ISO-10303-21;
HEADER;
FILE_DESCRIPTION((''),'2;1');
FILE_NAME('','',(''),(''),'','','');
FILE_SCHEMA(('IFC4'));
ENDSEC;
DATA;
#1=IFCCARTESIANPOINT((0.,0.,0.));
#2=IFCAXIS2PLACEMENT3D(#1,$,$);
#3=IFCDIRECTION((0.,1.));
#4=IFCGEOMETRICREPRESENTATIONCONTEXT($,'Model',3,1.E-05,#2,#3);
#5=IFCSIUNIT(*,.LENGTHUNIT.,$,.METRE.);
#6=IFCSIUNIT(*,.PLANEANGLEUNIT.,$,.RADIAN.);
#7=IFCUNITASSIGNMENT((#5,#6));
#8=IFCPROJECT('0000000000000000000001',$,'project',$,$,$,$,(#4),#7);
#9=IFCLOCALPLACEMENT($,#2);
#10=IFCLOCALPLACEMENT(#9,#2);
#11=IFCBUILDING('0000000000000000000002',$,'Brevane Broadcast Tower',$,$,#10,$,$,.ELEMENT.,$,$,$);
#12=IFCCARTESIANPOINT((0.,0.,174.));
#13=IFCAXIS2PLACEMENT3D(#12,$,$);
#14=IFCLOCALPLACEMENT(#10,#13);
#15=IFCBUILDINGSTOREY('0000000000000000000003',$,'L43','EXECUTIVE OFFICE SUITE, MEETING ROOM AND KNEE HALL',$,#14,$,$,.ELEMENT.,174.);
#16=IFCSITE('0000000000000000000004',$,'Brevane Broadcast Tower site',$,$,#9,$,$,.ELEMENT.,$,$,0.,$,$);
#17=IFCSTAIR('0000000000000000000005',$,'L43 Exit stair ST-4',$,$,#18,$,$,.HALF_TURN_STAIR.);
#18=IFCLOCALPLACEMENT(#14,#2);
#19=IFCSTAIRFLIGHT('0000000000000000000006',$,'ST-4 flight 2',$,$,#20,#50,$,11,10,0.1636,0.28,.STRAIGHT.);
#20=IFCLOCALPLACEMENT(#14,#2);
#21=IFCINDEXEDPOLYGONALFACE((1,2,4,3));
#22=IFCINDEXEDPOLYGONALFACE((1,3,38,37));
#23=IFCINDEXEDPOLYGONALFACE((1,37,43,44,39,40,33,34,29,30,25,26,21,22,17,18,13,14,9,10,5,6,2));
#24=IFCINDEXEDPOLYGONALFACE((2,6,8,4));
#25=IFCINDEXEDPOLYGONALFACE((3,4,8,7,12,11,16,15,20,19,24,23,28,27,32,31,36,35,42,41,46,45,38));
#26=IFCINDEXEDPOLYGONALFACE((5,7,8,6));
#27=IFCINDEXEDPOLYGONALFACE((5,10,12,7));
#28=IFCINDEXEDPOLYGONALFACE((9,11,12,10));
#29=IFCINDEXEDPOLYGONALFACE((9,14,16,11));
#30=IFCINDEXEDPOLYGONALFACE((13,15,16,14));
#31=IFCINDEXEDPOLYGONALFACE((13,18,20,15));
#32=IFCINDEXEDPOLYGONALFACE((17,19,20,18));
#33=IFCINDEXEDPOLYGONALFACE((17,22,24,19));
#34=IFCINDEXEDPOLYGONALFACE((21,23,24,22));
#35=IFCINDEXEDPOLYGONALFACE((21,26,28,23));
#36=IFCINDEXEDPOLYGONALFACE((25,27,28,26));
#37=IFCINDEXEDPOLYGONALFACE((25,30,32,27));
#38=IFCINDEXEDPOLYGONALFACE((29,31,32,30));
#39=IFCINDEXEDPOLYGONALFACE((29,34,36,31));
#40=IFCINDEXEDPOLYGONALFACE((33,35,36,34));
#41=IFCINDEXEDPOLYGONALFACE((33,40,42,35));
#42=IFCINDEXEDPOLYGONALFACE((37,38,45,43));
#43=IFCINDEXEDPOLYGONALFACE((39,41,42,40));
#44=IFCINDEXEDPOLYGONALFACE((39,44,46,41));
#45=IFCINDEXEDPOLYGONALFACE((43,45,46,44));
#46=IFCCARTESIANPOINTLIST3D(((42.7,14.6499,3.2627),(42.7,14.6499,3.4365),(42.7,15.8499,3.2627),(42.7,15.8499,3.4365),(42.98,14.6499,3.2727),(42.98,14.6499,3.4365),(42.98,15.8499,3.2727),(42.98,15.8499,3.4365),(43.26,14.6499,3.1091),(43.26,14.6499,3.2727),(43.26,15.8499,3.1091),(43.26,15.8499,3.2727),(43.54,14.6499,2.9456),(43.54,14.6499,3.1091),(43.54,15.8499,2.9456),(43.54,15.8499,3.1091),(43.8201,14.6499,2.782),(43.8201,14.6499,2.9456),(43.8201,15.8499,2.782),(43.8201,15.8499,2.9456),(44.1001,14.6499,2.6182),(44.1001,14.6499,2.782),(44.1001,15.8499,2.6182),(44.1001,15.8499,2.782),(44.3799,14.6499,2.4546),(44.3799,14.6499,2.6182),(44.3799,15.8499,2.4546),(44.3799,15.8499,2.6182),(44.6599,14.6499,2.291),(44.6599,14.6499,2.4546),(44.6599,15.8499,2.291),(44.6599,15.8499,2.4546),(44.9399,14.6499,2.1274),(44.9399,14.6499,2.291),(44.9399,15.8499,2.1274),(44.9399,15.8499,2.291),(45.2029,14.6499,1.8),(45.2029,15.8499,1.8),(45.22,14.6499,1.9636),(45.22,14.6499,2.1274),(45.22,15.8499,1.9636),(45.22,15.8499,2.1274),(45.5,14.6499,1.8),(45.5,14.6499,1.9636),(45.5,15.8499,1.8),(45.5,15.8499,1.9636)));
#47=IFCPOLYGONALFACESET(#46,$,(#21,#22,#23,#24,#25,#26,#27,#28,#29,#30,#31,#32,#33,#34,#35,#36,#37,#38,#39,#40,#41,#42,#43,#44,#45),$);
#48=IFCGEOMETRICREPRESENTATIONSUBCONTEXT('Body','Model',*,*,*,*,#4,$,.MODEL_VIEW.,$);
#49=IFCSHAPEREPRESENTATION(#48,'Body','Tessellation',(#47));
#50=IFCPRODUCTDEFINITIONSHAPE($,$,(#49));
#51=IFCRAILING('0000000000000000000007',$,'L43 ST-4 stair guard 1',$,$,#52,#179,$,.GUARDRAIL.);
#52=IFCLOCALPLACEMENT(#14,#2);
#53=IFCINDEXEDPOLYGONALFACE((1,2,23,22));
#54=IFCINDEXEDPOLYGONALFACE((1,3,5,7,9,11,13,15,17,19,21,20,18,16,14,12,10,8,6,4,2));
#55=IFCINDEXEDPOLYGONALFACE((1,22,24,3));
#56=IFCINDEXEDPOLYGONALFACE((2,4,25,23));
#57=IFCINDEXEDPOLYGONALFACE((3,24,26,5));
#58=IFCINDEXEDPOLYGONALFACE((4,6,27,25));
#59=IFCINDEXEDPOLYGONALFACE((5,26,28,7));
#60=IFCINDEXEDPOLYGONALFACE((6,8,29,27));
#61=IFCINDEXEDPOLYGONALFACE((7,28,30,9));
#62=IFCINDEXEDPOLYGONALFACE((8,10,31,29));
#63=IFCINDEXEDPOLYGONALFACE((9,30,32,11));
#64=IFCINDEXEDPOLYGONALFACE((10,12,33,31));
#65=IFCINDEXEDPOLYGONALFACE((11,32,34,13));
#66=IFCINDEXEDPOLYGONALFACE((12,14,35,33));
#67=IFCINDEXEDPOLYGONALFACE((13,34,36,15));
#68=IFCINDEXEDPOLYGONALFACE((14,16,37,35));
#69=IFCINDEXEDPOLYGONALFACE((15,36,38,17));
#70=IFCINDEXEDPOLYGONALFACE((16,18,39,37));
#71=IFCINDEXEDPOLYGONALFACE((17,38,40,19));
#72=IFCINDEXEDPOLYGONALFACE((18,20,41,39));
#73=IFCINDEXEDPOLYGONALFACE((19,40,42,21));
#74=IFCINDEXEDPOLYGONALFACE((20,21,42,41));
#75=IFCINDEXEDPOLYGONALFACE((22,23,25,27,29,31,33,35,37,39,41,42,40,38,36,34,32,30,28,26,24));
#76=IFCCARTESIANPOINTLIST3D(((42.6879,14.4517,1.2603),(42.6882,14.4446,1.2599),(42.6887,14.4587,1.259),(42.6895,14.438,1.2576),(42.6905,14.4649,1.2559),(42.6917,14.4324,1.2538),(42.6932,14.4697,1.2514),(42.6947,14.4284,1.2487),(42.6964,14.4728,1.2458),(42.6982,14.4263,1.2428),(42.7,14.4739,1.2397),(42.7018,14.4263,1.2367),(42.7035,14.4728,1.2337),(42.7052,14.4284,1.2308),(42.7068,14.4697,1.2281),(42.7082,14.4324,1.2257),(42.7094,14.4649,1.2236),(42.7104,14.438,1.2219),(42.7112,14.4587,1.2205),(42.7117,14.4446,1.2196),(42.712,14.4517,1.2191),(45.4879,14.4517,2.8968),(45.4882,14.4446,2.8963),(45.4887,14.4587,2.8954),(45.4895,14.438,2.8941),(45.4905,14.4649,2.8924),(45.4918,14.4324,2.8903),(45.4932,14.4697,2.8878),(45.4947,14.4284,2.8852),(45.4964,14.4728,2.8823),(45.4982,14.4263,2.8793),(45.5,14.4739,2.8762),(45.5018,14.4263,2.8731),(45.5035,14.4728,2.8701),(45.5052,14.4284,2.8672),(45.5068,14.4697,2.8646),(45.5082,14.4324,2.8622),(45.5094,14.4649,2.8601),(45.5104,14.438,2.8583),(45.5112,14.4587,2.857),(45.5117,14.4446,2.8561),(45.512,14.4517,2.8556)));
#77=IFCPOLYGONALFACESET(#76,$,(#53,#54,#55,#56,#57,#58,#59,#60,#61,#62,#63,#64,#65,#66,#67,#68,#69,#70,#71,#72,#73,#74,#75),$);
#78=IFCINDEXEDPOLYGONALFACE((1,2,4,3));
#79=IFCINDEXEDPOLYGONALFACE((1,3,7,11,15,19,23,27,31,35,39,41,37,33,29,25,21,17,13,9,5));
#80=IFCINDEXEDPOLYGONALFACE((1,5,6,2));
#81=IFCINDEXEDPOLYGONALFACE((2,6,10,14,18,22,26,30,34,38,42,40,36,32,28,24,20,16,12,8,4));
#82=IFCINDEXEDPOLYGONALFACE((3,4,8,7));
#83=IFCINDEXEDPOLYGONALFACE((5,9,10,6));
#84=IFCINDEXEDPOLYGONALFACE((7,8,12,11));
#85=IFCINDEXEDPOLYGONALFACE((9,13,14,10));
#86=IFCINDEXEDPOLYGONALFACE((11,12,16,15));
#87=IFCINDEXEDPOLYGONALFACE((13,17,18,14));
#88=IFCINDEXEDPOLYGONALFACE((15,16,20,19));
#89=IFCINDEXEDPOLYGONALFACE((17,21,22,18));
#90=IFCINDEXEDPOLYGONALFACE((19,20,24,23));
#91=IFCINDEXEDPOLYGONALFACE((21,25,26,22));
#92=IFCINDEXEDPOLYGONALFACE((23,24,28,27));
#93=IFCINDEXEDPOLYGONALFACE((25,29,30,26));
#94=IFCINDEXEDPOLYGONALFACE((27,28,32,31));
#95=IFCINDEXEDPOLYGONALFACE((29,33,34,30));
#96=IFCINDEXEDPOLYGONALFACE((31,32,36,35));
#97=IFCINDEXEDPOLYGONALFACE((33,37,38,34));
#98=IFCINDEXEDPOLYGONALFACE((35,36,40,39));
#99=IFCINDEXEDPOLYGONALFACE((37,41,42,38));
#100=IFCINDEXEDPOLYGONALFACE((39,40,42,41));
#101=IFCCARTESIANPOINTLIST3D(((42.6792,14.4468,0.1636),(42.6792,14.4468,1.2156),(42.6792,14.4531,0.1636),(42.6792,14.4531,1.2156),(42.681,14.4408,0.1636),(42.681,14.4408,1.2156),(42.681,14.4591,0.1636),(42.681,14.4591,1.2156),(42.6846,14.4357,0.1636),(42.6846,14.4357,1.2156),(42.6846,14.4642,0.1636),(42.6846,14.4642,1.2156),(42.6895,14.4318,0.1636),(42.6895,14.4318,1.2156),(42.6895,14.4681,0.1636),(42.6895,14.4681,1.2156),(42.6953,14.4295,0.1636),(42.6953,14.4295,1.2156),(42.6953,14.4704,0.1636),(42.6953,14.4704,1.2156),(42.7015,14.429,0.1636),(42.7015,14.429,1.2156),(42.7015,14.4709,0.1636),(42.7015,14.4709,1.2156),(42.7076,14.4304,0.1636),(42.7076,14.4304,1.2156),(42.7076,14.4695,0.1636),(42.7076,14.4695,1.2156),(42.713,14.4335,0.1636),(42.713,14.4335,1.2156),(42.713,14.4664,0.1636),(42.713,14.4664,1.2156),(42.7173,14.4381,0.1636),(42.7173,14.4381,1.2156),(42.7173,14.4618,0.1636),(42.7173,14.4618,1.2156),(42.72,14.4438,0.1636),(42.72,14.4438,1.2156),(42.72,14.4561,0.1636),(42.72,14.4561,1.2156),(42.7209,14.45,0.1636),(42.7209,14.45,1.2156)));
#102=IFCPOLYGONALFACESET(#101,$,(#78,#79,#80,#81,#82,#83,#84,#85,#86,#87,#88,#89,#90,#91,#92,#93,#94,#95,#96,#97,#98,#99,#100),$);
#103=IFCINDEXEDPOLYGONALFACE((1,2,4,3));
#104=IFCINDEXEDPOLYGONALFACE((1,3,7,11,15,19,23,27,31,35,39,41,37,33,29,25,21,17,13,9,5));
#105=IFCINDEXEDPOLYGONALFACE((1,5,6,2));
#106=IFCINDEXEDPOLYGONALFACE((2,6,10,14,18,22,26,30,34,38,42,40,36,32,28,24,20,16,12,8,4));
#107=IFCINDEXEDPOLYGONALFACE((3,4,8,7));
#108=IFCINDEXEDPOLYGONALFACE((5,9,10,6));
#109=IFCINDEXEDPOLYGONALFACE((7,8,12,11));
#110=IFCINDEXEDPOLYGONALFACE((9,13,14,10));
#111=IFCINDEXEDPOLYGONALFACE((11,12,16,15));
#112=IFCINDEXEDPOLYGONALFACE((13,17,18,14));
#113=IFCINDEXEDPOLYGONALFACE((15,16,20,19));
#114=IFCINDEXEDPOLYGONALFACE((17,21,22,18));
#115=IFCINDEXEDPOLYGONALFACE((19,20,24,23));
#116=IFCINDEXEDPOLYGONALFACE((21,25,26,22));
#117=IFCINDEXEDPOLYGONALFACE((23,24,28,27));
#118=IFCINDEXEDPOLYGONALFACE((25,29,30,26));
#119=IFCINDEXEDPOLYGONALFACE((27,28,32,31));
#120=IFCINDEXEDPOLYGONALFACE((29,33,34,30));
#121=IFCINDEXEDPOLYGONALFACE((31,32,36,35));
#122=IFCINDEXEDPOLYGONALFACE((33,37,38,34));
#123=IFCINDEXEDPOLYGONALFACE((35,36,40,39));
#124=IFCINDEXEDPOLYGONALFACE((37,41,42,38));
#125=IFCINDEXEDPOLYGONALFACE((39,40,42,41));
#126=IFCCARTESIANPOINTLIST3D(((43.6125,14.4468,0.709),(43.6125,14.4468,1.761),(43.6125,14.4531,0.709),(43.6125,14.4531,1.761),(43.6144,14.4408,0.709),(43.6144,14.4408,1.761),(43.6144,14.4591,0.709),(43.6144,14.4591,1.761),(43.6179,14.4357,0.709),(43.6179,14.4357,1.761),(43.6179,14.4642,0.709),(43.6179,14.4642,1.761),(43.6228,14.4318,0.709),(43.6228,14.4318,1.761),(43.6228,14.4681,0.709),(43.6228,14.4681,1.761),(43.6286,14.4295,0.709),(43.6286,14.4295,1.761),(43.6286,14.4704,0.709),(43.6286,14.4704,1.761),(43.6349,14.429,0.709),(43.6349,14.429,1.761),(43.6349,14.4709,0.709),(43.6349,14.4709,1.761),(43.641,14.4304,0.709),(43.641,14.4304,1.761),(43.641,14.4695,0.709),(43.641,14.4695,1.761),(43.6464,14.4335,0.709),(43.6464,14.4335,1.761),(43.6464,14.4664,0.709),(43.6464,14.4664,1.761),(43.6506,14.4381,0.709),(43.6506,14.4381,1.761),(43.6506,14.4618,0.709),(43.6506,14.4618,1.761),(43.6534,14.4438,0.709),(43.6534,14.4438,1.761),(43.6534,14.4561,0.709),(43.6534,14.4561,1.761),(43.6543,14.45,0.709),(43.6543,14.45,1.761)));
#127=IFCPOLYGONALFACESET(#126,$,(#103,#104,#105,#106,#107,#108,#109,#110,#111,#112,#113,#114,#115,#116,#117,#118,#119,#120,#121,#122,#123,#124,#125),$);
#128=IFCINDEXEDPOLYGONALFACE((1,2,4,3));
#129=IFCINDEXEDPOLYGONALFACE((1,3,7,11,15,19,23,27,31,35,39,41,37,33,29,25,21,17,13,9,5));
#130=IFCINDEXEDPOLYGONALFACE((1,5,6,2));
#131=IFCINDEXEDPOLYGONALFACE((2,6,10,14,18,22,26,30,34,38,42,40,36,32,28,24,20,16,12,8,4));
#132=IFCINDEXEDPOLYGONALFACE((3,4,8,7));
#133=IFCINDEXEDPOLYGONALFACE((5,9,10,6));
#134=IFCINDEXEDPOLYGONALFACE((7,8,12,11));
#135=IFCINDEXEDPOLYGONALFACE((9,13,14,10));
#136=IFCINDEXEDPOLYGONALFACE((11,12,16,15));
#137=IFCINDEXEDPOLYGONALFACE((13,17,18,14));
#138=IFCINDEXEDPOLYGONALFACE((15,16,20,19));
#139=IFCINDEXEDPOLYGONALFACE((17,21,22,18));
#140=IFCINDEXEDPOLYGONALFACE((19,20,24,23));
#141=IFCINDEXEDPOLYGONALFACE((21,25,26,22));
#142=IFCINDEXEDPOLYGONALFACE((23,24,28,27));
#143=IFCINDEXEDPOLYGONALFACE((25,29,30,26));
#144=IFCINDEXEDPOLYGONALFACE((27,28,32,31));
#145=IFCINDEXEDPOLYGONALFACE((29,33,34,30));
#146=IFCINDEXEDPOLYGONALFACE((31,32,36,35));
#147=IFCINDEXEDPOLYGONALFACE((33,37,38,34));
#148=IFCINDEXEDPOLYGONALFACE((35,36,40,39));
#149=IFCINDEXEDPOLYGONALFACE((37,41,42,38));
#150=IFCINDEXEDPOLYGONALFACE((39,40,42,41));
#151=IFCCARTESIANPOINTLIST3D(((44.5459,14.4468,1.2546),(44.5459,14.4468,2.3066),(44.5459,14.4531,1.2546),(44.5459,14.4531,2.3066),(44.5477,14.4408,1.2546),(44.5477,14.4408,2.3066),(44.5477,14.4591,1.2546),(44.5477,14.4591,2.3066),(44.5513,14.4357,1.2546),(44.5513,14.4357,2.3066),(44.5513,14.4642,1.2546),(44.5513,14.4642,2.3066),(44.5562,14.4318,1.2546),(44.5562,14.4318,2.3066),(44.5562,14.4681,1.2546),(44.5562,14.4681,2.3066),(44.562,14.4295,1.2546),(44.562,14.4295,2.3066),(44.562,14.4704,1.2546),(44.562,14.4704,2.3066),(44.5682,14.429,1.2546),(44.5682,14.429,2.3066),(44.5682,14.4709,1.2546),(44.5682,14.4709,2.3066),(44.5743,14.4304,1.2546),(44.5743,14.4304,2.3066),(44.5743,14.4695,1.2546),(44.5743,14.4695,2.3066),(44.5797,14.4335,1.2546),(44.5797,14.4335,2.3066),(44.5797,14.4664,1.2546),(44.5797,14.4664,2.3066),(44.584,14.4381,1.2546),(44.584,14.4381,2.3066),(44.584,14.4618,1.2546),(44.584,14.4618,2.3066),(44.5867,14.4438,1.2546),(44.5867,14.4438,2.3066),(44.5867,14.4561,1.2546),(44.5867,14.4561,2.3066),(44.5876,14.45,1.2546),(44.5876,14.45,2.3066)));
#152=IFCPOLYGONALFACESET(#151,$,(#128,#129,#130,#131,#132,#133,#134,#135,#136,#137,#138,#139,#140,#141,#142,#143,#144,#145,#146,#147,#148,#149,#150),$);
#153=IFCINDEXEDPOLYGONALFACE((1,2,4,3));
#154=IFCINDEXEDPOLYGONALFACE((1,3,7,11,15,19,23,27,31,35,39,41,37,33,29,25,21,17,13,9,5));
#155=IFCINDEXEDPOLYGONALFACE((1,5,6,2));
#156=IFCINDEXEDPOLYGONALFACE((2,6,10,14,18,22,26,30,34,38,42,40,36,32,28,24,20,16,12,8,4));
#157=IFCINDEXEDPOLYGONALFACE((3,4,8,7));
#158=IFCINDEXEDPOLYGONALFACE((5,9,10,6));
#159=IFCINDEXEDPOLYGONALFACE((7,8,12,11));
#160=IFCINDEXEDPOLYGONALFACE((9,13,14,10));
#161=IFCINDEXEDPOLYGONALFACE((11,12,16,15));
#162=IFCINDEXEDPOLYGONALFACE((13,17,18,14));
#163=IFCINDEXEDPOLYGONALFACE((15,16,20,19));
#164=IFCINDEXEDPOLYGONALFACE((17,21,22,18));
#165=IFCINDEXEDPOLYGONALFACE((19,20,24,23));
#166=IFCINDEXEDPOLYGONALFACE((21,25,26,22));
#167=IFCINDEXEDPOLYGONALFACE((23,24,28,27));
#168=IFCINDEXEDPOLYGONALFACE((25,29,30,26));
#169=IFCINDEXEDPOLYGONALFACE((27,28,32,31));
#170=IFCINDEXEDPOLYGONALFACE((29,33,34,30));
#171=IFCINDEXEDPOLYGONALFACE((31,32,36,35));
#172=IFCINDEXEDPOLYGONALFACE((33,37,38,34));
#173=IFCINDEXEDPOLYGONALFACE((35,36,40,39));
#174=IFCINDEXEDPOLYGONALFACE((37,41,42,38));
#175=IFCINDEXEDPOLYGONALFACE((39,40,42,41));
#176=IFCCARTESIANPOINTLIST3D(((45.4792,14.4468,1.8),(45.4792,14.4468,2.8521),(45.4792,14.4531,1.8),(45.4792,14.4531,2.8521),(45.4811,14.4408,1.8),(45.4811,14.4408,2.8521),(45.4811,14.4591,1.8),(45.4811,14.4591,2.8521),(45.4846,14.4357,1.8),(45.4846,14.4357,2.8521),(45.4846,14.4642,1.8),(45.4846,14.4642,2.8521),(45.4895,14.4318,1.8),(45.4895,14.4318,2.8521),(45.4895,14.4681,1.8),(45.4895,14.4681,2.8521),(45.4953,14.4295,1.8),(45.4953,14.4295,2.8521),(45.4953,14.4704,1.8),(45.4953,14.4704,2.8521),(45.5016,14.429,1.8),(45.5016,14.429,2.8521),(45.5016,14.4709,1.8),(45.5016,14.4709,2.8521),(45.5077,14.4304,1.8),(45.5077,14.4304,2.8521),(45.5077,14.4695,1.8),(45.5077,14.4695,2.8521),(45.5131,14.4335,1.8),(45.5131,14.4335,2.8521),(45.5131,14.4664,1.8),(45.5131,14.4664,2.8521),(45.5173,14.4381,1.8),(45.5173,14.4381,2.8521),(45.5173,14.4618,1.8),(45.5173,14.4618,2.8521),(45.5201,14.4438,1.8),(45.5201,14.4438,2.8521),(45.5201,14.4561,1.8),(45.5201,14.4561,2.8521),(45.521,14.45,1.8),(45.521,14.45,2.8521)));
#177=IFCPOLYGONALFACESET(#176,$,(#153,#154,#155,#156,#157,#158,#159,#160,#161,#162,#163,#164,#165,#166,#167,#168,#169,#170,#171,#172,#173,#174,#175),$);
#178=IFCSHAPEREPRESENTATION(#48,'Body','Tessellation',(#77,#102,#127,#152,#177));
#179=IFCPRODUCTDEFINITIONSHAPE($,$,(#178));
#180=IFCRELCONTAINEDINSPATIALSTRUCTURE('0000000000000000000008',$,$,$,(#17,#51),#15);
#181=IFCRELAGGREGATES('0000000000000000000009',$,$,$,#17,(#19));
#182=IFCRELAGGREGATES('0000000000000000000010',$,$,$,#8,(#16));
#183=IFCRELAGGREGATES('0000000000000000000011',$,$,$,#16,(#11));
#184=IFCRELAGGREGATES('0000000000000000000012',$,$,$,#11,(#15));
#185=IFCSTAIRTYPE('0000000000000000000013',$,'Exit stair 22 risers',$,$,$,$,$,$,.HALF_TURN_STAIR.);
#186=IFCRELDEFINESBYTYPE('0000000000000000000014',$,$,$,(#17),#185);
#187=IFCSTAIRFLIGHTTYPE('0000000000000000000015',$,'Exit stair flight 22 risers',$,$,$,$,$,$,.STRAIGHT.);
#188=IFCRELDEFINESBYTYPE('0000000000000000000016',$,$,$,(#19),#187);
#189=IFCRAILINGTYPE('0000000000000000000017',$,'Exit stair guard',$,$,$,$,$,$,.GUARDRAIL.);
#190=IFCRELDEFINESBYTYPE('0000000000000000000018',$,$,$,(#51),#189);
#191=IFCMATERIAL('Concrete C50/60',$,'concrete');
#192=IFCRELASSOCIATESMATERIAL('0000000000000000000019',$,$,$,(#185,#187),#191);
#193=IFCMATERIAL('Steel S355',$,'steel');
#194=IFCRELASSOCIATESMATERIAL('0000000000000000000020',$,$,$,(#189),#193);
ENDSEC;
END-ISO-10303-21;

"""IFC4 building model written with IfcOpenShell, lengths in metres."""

from ifc_helpers import new_model, si_unit, direction, frame, origin, origin_2d, place, context, subcontext, project, spatial, polyline, circle, outline, extrude, material, type_object, element, aggregate, save


model = new_model("IFC4")

# Units and contexts
model_context = context("Model", 3, precision=1e-05, world=origin(), true_north=direction((0.0, 1.0)))
body_context = subcontext(model_context, "Body", "Model", "MODEL_VIEW")
ifc_project = project(units=[si_unit("LENGTHUNIT", "METRE"), si_unit("PLANEANGLEUNIT", "RADIAN")], contexts=[model_context])

# Site, building, storey
site_placement = place(None, origin())
site = spatial("IfcSite", under=ifc_project, at=site_placement, Name="Brevane Broadcast Tower site", CompositionType="ELEMENT", RefElevation=0.0)
building_placement = place(site_placement, origin())
building = spatial("IfcBuilding", under=site, at=building_placement, Name="Brevane Broadcast Tower", CompositionType="ELEMENT")
storey_placement = place(building_placement, frame((0.0, 0.0, 174.0)))
storey = spatial("IfcBuildingStorey", under=building, at=storey_placement, Name="L43", Description="EXECUTIVE OFFICE SUITE, MEETING ROOM AND KNEE HALL", CompositionType="ELEMENT", Elevation=174.0)

# Stair, stair flight
ifc_material_1 = material(Name="Concrete C50/60", Category="concrete")
stair_type = type_object("IfcStairType", Name="Exit stair 22 risers", PredefinedType="HALF_TURN_STAIR", material=ifc_material_1)
stair_placement = place(storey_placement, origin())
stair = element("IfcStair", 1, at=stair_placement, inside=storey, type_object=stair_type, Name="L43 Exit stair ST-4", PredefinedType="HALF_TURN_STAIR")
stair_flight_type = type_object("IfcStairFlightType", Name="Exit stair flight 22 risers", PredefinedType="STRAIGHT", material=ifc_material_1)
stair_flight_1_placement = place(storey_placement, frame((45.5, 15.25, 1.8), z_axis=(0.0, 0.0, 1.0), x_axis=(-1.0, 0.0, 0.0)))
stair_flight_1 = element("IfcStairFlight", 2, at=stair_flight_1_placement, type_object=stair_flight_type, Name="ST-4 flight 2", NumberOfRisers=11, NumberOfTreads=10, PredefinedType="STRAIGHT", RiserHeight=0.1636, TreadLength=0.28, context=body_context, shape_type="SweptSolid", body=[
    extrude(outline(polyline([(0.0, 0.0), (0.0, 0.1636), (0.28, 0.1636), (0.28, 0.3274), (0.5601, 0.3274), (0.5601, 0.491), (0.8401, 0.491), (0.8401, 0.6545), (1.1201, 0.6545), (1.1201, 0.8181), (1.3999, 0.8181), (1.3999, 0.9819), (1.6799, 0.9819), (1.6799, 1.1455), (1.96, 1.1455), (1.96, 1.3091), (2.24, 1.3091), (2.24, 1.4727), (2.52, 1.4727), (2.52, 1.6365), (2.8, 1.6365), (2.8, 1.8), (2.8, 1.4626), (0.2971, 0.0), (0.0, 0.0)])), frame((0.0, 0.6001, 0.0), z_axis=(0.0, -1.0, 0.0), x_axis=(1.0, 0.0, 0.0)), (0.0, 0.0, 1.0), 1.2),
])
aggregate(stair, [stair_flight_1])

# Railing
ifc_material_2 = material(Name="Steel S355", Category="steel")
railing_type_1 = type_object("IfcRailingType", Name="Exit stair guard", PredefinedType="GUARDRAIL", material=ifc_material_2)
railing_1_placement = place(storey_placement, frame((42.7, 14.45, 0.1636)))
element("IfcRailing", 3, at=railing_1_placement, inside=storey, type_object=railing_type_1, Name="L43 ST-4 stair guard 1", PredefinedType="GUARDRAIL", context=body_context, shape_type="SweptSolid", body=[
    extrude(circle(Radius=0.0239, at=origin_2d()), frame((0.0, 0.0, 1.0762), z_axis=(0.863361, 0.0, 0.504587), x_axis=(0.0, 1.0, 0.0)), (0.0, 0.0, 1.0), 3.2432),
    extrude(circle(Radius=0.021, at=origin_2d()), origin(), (0.0, 0.0, 1.0), 1.052),
    extrude(circle(Radius=0.021, at=origin_2d()), frame((0.9333, 0.0, 0.5454)), (0.0, 0.0, 1.0), 1.052),
    extrude(circle(Radius=0.021, at=origin_2d()), frame((1.8667, 0.0, 1.0911)), (0.0, 0.0, 1.0), 1.052),
    extrude(circle(Radius=0.021, at=origin_2d()), frame((2.8, 0.0, 1.6365)), (0.0, 0.0, 1.0), 1.052),
])

save(model, "model.ifc")
